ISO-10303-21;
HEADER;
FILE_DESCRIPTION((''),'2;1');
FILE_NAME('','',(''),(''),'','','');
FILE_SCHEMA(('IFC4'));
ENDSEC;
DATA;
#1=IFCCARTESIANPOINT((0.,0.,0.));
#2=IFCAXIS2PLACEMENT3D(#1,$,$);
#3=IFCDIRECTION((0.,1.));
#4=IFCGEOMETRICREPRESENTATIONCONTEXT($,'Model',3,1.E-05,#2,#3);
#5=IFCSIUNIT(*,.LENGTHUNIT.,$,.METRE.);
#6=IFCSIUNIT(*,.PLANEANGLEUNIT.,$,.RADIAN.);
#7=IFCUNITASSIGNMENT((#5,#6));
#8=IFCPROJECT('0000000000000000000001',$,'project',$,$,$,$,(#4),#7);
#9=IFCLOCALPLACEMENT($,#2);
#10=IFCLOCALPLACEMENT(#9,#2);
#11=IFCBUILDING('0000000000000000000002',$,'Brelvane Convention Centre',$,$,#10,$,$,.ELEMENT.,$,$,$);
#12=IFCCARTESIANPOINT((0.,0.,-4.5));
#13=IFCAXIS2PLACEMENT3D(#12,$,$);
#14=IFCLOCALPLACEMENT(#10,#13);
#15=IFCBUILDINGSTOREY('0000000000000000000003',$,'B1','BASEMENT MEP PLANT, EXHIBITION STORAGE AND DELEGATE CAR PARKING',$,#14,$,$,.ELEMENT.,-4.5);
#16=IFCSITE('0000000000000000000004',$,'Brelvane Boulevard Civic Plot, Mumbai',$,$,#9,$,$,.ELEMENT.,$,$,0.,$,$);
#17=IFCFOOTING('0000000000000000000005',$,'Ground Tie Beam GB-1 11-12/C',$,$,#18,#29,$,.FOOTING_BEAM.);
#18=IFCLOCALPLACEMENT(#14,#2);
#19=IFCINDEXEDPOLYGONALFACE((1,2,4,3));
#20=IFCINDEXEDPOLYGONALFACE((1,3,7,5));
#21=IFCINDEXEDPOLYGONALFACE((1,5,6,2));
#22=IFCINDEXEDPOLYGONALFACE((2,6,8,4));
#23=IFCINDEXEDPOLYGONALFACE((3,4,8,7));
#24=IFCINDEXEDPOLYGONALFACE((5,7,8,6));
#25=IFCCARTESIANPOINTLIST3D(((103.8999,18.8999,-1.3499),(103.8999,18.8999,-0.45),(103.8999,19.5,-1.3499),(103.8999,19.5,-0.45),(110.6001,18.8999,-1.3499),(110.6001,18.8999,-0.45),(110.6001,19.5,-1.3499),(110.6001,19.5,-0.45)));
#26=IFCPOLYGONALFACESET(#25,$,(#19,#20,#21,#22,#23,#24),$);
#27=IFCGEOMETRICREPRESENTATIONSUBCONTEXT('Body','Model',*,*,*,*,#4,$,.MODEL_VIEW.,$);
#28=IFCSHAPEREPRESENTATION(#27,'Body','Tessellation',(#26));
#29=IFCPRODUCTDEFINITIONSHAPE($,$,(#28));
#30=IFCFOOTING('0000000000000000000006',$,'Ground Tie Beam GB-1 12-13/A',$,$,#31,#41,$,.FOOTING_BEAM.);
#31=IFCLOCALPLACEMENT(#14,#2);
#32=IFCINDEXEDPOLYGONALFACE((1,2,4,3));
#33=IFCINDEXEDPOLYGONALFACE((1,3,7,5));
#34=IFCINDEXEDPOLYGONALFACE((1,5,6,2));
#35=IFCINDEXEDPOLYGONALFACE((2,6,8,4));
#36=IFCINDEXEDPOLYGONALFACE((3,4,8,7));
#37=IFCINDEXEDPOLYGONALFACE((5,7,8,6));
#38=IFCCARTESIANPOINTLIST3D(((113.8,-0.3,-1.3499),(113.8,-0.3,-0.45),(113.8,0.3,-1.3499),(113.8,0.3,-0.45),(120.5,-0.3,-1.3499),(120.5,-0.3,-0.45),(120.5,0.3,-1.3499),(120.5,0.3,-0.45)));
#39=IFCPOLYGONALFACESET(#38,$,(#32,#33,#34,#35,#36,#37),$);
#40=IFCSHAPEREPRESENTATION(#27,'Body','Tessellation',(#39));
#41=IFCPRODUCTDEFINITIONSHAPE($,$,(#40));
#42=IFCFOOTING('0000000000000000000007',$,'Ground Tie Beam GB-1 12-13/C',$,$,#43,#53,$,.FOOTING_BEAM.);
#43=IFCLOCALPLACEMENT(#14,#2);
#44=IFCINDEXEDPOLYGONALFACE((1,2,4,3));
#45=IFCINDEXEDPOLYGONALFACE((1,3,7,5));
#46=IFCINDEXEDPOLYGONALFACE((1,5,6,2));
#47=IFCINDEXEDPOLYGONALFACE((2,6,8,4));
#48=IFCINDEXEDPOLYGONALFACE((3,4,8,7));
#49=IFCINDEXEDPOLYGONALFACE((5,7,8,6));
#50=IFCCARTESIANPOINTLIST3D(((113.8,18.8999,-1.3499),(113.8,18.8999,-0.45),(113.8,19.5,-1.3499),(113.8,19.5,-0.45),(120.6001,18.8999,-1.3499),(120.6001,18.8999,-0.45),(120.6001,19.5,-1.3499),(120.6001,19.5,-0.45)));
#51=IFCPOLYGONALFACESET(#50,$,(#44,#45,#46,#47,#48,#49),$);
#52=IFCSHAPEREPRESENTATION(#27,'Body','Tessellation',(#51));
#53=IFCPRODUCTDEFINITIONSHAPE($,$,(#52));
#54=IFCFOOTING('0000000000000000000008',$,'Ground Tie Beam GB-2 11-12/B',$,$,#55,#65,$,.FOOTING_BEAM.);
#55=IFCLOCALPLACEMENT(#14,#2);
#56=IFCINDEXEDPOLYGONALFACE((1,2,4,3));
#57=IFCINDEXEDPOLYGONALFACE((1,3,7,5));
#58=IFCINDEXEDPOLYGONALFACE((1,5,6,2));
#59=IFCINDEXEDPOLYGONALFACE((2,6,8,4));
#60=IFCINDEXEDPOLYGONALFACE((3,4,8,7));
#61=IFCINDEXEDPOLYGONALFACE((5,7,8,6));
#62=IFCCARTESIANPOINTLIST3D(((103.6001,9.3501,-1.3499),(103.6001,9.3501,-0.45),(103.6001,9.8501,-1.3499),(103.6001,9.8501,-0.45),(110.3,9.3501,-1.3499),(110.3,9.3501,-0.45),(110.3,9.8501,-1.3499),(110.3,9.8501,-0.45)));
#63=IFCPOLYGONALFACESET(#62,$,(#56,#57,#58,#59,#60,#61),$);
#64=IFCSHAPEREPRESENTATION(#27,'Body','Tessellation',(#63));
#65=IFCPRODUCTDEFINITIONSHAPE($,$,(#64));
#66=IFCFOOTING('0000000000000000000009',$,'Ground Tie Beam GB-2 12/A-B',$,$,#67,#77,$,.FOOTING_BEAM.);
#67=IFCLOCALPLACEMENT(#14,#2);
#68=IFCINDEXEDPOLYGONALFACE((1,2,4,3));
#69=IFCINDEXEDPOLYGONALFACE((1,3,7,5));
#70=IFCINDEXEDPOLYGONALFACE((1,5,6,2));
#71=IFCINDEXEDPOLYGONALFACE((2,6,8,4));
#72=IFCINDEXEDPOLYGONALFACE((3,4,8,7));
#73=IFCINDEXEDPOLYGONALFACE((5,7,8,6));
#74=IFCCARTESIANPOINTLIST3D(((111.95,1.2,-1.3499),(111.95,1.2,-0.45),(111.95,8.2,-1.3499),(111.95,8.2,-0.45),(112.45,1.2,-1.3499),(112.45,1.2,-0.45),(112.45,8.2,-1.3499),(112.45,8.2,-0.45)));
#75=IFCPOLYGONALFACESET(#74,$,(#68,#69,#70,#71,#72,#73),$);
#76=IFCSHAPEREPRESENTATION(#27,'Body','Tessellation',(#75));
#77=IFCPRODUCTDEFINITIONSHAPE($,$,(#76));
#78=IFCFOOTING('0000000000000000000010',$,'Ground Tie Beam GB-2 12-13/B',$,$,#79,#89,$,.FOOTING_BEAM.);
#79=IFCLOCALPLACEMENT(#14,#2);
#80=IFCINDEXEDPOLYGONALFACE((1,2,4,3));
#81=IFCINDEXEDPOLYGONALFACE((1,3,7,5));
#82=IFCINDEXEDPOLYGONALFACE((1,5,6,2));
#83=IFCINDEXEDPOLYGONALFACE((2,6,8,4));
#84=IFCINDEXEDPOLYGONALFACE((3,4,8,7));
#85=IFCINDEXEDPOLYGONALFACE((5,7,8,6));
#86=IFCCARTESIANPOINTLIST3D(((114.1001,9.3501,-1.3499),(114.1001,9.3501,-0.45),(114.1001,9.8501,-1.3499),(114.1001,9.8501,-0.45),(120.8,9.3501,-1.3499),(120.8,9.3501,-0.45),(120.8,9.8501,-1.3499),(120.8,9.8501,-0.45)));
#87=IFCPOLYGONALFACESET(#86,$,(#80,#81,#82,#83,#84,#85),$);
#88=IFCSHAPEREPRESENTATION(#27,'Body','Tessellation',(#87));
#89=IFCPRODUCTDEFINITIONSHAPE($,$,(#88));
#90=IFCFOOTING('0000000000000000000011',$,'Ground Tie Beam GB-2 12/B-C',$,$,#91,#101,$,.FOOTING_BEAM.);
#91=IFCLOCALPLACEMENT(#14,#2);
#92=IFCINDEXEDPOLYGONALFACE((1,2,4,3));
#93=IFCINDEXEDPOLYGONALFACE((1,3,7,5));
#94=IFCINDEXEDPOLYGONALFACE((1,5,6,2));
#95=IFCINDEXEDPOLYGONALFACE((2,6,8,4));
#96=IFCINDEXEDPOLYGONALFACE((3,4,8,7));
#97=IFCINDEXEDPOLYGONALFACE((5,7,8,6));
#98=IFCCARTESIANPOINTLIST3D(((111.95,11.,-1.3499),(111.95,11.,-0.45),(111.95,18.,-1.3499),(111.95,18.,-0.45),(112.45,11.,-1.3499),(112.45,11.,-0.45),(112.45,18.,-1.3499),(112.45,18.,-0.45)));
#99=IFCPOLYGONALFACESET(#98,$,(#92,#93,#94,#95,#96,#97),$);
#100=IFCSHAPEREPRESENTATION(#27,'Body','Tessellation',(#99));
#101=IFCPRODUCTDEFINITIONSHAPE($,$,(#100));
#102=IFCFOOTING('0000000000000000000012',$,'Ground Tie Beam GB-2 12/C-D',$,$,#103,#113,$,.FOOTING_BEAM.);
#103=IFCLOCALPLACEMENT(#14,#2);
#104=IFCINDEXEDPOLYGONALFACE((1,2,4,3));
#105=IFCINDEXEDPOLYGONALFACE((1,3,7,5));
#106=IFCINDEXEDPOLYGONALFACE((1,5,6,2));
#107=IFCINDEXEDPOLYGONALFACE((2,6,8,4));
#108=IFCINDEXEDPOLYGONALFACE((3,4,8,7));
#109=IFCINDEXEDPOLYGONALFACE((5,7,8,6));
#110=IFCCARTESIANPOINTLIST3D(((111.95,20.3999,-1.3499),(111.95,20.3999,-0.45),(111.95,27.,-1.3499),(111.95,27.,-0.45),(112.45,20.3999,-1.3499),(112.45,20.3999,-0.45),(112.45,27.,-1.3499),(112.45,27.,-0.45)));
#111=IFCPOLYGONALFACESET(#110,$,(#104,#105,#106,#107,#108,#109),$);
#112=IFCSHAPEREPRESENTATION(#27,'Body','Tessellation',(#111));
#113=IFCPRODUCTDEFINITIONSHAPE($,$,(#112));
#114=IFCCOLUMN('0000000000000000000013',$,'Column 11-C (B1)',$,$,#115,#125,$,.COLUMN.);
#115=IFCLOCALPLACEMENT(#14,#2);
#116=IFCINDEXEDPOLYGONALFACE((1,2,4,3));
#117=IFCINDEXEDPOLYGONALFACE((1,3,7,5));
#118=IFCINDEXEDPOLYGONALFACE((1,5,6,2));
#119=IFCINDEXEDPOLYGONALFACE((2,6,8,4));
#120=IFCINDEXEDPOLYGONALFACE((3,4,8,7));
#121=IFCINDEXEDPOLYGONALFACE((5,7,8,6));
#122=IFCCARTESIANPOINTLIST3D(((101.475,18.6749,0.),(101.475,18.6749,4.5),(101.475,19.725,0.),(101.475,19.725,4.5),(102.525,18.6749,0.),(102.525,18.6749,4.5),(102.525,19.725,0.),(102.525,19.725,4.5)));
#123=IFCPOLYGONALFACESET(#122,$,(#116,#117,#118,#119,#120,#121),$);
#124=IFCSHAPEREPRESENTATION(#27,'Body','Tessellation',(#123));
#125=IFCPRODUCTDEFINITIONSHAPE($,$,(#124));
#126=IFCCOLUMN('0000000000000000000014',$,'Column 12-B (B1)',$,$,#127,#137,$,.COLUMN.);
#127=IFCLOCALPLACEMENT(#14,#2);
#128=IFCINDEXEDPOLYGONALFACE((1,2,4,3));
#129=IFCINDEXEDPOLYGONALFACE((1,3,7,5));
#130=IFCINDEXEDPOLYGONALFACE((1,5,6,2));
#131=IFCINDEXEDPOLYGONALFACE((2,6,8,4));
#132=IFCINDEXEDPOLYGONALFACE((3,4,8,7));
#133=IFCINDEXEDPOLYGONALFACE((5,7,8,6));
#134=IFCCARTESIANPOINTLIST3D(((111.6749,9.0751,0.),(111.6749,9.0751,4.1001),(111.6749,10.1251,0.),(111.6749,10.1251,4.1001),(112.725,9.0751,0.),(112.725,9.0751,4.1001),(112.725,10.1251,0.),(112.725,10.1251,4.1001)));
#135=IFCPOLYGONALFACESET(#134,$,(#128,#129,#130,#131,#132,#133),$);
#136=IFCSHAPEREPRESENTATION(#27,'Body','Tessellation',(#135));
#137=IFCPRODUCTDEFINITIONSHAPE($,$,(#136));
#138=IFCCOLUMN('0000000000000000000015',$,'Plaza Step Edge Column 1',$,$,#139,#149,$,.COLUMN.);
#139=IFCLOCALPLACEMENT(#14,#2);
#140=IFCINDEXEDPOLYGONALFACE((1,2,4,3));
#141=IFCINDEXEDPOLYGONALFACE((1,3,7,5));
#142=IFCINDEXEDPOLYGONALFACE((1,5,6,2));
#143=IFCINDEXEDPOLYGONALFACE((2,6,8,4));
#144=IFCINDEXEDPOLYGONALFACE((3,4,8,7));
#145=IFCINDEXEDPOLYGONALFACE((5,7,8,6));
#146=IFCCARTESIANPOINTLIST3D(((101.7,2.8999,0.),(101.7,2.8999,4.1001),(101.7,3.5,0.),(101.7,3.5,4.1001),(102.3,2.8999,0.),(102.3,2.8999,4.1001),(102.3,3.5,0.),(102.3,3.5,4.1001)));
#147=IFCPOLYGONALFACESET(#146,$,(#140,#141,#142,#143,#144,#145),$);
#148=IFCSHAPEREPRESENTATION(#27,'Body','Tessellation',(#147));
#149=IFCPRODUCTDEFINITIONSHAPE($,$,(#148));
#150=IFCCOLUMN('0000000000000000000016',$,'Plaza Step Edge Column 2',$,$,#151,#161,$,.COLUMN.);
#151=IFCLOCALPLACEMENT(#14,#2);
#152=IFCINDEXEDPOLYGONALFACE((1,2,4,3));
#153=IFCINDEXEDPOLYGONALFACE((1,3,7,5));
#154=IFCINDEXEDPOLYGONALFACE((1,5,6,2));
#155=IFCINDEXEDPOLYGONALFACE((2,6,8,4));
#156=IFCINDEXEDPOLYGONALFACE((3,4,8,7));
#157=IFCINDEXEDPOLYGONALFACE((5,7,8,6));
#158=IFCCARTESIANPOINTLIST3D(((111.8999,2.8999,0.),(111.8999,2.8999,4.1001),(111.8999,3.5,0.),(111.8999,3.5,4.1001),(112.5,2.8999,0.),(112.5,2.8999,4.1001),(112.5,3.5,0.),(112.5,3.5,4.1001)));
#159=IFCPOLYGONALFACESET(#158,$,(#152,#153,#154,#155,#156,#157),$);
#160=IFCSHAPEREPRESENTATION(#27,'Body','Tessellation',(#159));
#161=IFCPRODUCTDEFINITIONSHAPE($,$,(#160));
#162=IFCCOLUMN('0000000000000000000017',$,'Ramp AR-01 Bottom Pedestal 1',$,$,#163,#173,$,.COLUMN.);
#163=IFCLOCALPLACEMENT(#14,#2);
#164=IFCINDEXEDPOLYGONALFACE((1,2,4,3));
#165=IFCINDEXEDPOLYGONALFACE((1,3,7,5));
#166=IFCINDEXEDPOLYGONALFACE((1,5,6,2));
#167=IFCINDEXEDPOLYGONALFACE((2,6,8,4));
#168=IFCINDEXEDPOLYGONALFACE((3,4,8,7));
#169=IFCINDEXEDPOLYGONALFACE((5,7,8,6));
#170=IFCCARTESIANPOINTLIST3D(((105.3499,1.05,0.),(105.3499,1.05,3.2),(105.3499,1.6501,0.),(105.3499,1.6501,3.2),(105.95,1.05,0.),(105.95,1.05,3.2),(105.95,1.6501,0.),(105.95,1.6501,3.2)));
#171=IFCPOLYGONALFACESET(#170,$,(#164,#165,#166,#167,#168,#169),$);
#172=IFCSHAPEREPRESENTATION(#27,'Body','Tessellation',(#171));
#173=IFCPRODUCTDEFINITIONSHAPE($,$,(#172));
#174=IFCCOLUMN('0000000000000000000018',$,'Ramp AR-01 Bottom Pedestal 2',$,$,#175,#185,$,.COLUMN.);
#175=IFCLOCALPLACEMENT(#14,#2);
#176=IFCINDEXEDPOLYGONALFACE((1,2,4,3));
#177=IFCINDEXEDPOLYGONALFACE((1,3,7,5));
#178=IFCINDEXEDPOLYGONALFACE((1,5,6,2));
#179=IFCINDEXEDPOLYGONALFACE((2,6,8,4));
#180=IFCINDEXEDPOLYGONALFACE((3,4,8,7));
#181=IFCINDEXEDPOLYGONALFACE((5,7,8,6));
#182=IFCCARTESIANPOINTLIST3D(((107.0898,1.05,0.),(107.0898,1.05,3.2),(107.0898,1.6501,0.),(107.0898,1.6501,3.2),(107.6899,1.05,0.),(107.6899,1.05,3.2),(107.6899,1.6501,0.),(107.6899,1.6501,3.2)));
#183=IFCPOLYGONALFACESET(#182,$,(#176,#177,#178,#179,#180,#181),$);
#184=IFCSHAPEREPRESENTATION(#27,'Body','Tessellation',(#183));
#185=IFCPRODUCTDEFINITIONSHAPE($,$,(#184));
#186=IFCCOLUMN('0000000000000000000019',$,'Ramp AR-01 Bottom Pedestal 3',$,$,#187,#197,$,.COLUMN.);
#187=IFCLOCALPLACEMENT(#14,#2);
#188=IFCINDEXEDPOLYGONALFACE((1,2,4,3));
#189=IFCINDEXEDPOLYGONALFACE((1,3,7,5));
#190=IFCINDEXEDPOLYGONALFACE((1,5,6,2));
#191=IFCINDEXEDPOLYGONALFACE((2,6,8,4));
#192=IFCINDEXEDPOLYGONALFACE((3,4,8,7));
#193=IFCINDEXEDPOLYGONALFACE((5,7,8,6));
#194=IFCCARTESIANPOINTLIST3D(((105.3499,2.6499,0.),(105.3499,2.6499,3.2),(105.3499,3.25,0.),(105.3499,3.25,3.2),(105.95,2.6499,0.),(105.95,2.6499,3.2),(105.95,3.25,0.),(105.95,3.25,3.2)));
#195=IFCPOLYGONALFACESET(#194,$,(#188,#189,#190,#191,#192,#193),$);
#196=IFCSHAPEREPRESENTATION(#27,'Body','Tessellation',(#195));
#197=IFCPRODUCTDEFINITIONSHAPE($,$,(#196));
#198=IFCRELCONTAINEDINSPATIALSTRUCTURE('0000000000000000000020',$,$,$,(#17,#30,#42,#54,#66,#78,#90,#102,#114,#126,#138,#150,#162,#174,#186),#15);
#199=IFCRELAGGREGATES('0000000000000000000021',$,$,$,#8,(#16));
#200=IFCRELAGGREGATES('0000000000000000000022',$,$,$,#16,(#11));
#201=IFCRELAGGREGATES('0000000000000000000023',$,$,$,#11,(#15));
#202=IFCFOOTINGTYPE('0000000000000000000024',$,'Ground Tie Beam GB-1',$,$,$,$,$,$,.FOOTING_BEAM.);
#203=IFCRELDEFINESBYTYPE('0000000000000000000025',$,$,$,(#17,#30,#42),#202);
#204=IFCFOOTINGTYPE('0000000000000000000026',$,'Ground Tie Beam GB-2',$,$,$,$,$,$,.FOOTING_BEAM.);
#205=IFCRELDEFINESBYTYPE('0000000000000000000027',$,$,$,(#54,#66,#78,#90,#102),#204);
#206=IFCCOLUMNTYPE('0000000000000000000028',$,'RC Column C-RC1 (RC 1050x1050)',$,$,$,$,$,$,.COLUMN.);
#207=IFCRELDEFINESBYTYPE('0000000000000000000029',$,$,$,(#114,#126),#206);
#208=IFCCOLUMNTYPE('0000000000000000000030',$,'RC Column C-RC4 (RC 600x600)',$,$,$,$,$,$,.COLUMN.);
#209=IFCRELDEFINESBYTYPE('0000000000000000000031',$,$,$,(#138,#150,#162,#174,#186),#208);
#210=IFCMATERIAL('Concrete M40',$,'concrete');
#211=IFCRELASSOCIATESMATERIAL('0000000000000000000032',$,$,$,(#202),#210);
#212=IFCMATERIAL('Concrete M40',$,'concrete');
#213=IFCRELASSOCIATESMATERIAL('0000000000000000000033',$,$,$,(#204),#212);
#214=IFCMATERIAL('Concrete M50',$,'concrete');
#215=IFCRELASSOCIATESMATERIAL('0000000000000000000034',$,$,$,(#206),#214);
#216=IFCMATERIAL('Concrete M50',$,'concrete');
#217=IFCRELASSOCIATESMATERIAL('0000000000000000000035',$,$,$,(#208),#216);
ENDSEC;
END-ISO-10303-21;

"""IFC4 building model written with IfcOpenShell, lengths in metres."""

from ifc_helpers import new_model, si_unit, direction, frame, origin, origin_2d, place, context, subcontext, project, spatial, rectangle, extrude, material, material_profile, profile_set, type_object, element, save


model = new_model("IFC4")

# Units and contexts
model_context = context("Model", 3, precision=1e-05, world=origin(), true_north=direction((0.0, 1.0)))
body_context = subcontext(model_context, "Body", "Model", "MODEL_VIEW")
ifc_project = project(units=[si_unit("LENGTHUNIT", "METRE"), si_unit("PLANEANGLEUNIT", "RADIAN")], contexts=[model_context])

# Site, building, storey
site_placement = place(None, origin())
site = spatial("IfcSite", under=ifc_project, at=site_placement, Name="Brelvane Boulevard Civic Plot, Mumbai", CompositionType="ELEMENT", RefElevation=0.0)
building_placement = place(site_placement, origin())
building = spatial("IfcBuilding", under=site, at=building_placement, Name="Brelvane Convention Centre", CompositionType="ELEMENT")
storey_placement = place(building_placement, frame((0.0, 0.0, -4.5)))
storey = spatial("IfcBuildingStorey", under=building, at=storey_placement, Name="B1", Description="BASEMENT MEP PLANT, EXHIBITION STORAGE AND DELEGATE CAR PARKING", CompositionType="ELEMENT", Elevation=-4.5)

# Footings
ifc_material_1 = material(Name="Concrete M40", Category="concrete")
ifc_material_profile_1 = material_profile(ifc_material_1, rectangle(XDim=0.6001, YDim=0.8999, at=origin_2d()), Name="RC 600x900")
ifc_profile_set_1 = profile_set([ifc_material_profile_1], Name="Concrete M40")
footing_type_1 = type_object("IfcFootingType", Name="Ground Tie Beam GB-1", PredefinedType="FOOTING_BEAM", material=ifc_profile_set_1)
footing_1_placement = place(storey_placement, frame((103.8999, 19.2, -0.8999), z_axis=(1.0, 0.0, 0.0), x_axis=(0.0, 1.0, 0.0)))
element("IfcFooting", 1, at=footing_1_placement, inside=storey, type_object=footing_type_1, Name="Ground Tie Beam GB-1 11-12/C", PredefinedType="FOOTING_BEAM", context=body_context, shape_type="SweptSolid", body=[
    extrude(rectangle(XDim=0.6001, YDim=0.8999, at=origin_2d()), origin(), (0.0, 0.0, 1.0), 6.7002),
])
footing_2_placement = place(storey_placement, frame((113.8, 0.0, -0.8999), z_axis=(1.0, 0.0, 0.0), x_axis=(0.0, 1.0, 0.0)))
element("IfcFooting", 2, at=footing_2_placement, inside=storey, type_object=footing_type_1, Name="Ground Tie Beam GB-1 12-13/A", PredefinedType="FOOTING_BEAM", context=body_context, shape_type="SweptSolid", body=[
    extrude(rectangle(XDim=0.6001, YDim=0.8999, at=origin_2d()), origin(), (0.0, 0.0, 1.0), 6.7),
])
footing_3_placement = place(storey_placement, frame((113.8, 19.2, -0.8999), z_axis=(1.0, 0.0, 0.0), x_axis=(0.0, 1.0, 0.0)))
element("IfcFooting", 3, at=footing_3_placement, inside=storey, type_object=footing_type_1, Name="Ground Tie Beam GB-1 12-13/C", PredefinedType="FOOTING_BEAM", context=body_context, shape_type="SweptSolid", body=[
    extrude(rectangle(XDim=0.6001, YDim=0.8999, at=origin_2d()), origin(), (0.0, 0.0, 1.0), 6.8),
])
ifc_material_2 = material(Name="Concrete M40", Category="concrete")
ifc_material_profile_2 = material_profile(ifc_material_2, rectangle(XDim=0.5, YDim=0.8999, at=origin_2d()), Name="RC 500x900")
ifc_profile_set_2 = profile_set([ifc_material_profile_2], Name="Concrete M40")
footing_type_2 = type_object("IfcFootingType", Name="Ground Tie Beam GB-2", PredefinedType="FOOTING_BEAM", material=ifc_profile_set_2)
footing_4_placement = place(storey_placement, frame((103.6001, 9.6001, -0.8999), z_axis=(1.0, 0.0, 0.0), x_axis=(0.0, 1.0, 0.0)))
element("IfcFooting", 4, at=footing_4_placement, inside=storey, type_object=footing_type_2, Name="Ground Tie Beam GB-2 11-12/B", PredefinedType="FOOTING_BEAM", context=body_context, shape_type="SweptSolid", body=[
    extrude(rectangle(XDim=0.5, YDim=0.8999, at=origin_2d()), origin(), (0.0, 0.0, 1.0), 6.7),
])
footing_5_placement = place(storey_placement, frame((112.2, 1.2, -0.8999), z_axis=(0.0, 1.0, 0.0), x_axis=(-1.0, 0.0, 0.0)))
element("IfcFooting", 5, at=footing_5_placement, inside=storey, type_object=footing_type_2, Name="Ground Tie Beam GB-2 12/A-B", PredefinedType="FOOTING_BEAM", context=body_context, shape_type="SweptSolid", body=[
    extrude(rectangle(XDim=0.5, YDim=0.8999, at=origin_2d()), origin(), (0.0, 0.0, 1.0), 7.0),
])
footing_6_placement = place(storey_placement, frame((114.1001, 9.6001, -0.8999), z_axis=(1.0, 0.0, 0.0), x_axis=(0.0, 1.0, 0.0)))
element("IfcFooting", 6, at=footing_6_placement, inside=storey, type_object=footing_type_2, Name="Ground Tie Beam GB-2 12-13/B", PredefinedType="FOOTING_BEAM", context=body_context, shape_type="SweptSolid", body=[
    extrude(rectangle(XDim=0.5, YDim=0.8999, at=origin_2d()), origin(), (0.0, 0.0, 1.0), 6.7),
])
footing_7_placement = place(storey_placement, frame((112.2, 11.0, -0.8999), z_axis=(0.0, 1.0, 0.0), x_axis=(-1.0, 0.0, 0.0)))
element("IfcFooting", 7, at=footing_7_placement, inside=storey, type_object=footing_type_2, Name="Ground Tie Beam GB-2 12/B-C", PredefinedType="FOOTING_BEAM", context=body_context, shape_type="SweptSolid", body=[
    extrude(rectangle(XDim=0.5, YDim=0.8999, at=origin_2d()), origin(), (0.0, 0.0, 1.0), 7.0),
])
footing_8_placement = place(storey_placement, frame((112.2, 20.3999, -0.8999), z_axis=(0.0, 1.0, 0.0), x_axis=(-1.0, 0.0, 0.0)))
element("IfcFooting", 8, at=footing_8_placement, inside=storey, type_object=footing_type_2, Name="Ground Tie Beam GB-2 12/C-D", PredefinedType="FOOTING_BEAM", context=body_context, shape_type="SweptSolid", body=[
    extrude(rectangle(XDim=0.5, YDim=0.8999, at=origin_2d()), origin(), (0.0, 0.0, 1.0), 6.6001),
])

# Columns
ifc_material_3 = material(Name="Concrete M50", Category="concrete")
ifc_material_profile_3 = material_profile(ifc_material_3, rectangle(XDim=1.05, YDim=1.05, at=origin_2d()), Name="RC 1050x1050")
ifc_profile_set_3 = profile_set([ifc_material_profile_3], Name="Concrete M50")
column_type_1 = type_object("IfcColumnType", Name="RC Column C-RC1 (RC 1050x1050)", PredefinedType="COLUMN", material=ifc_profile_set_3)
column_1_placement = place(storey_placement, frame((102.0, 19.2, 0.0), z_axis=(0.0, 0.0, 1.0), x_axis=(1.0, 0.0, 0.0)))
element("IfcColumn", 9, at=column_1_placement, inside=storey, type_object=column_type_1, Name="Column 11-C (B1)", PredefinedType="COLUMN", context=body_context, shape_type="SweptSolid", body=[
    extrude(rectangle(XDim=1.05, YDim=1.05, at=origin_2d()), origin(), (0.0, 0.0, 1.0), 4.5),
])
column_2_placement = place(storey_placement, frame((112.2, 9.6001, 0.0), z_axis=(0.0, 0.0, 1.0), x_axis=(1.0, 0.0, 0.0)))
element("IfcColumn", 10, at=column_2_placement, inside=storey, type_object=column_type_1, Name="Column 12-B (B1)", PredefinedType="COLUMN", context=body_context, shape_type="SweptSolid", body=[
    extrude(rectangle(XDim=1.05, YDim=1.05, at=origin_2d()), origin(), (0.0, 0.0, 1.0), 4.1001),
])
ifc_material_4 = material(Name="Concrete M50", Category="concrete")
ifc_material_profile_4 = material_profile(ifc_material_4, rectangle(XDim=0.6001, YDim=0.6001, at=origin_2d()), Name="RC 600x600")
ifc_profile_set_4 = profile_set([ifc_material_profile_4], Name="Concrete M50")
column_type_2 = type_object("IfcColumnType", Name="RC Column C-RC4 (RC 600x600)", PredefinedType="COLUMN", material=ifc_profile_set_4)
for number, where, z_axis, x_axis, name in (
    (11, (102.0, 3.2, 0.0), (0.0, 0.0, 1.0), (1.0, 0.0, 0.0), "Plaza Step Edge Column 1"),
    (12, (112.2, 3.2, 0.0), (0.0, 0.0, 1.0), (1.0, 0.0, 0.0), "Plaza Step Edge Column 2"),
):
    element("IfcColumn", number, at=place(storey_placement, frame(where, z_axis=z_axis, x_axis=x_axis)), inside=storey, type_object=column_type_2, Name=name, PredefinedType="COLUMN", context=body_context, shape_type="SweptSolid", body=[
        extrude(rectangle(XDim=0.6001, YDim=0.6001, at=origin_2d()), origin(), (0.0, 0.0, 1.0), 4.1001),
    ])
for number, where, z_axis, x_axis, name in (
    (13, (105.6499, 1.3501, 0.0), (0.0, 0.0, 1.0), (1.0, 0.0, 0.0), "Ramp AR-01 Bottom Pedestal 1"),
    (14, (107.3899, 1.3501, 0.0), (0.0, 0.0, 1.0), (1.0, 0.0, 0.0), "Ramp AR-01 Bottom Pedestal 2"),
    (15, (105.6499, 2.95, 0.0), (0.0, 0.0, 1.0), (1.0, 0.0, 0.0), "Ramp AR-01 Bottom Pedestal 3"),
):
    element("IfcColumn", number, at=place(storey_placement, frame(where, z_axis=z_axis, x_axis=x_axis)), inside=storey, type_object=column_type_2, Name=name, PredefinedType="COLUMN", context=body_context, shape_type="SweptSolid", body=[
        extrude(rectangle(XDim=0.6001, YDim=0.6001, at=origin_2d()), origin(), (0.0, 0.0, 1.0), 3.2),
    ])

save(model, "model.ifc")
